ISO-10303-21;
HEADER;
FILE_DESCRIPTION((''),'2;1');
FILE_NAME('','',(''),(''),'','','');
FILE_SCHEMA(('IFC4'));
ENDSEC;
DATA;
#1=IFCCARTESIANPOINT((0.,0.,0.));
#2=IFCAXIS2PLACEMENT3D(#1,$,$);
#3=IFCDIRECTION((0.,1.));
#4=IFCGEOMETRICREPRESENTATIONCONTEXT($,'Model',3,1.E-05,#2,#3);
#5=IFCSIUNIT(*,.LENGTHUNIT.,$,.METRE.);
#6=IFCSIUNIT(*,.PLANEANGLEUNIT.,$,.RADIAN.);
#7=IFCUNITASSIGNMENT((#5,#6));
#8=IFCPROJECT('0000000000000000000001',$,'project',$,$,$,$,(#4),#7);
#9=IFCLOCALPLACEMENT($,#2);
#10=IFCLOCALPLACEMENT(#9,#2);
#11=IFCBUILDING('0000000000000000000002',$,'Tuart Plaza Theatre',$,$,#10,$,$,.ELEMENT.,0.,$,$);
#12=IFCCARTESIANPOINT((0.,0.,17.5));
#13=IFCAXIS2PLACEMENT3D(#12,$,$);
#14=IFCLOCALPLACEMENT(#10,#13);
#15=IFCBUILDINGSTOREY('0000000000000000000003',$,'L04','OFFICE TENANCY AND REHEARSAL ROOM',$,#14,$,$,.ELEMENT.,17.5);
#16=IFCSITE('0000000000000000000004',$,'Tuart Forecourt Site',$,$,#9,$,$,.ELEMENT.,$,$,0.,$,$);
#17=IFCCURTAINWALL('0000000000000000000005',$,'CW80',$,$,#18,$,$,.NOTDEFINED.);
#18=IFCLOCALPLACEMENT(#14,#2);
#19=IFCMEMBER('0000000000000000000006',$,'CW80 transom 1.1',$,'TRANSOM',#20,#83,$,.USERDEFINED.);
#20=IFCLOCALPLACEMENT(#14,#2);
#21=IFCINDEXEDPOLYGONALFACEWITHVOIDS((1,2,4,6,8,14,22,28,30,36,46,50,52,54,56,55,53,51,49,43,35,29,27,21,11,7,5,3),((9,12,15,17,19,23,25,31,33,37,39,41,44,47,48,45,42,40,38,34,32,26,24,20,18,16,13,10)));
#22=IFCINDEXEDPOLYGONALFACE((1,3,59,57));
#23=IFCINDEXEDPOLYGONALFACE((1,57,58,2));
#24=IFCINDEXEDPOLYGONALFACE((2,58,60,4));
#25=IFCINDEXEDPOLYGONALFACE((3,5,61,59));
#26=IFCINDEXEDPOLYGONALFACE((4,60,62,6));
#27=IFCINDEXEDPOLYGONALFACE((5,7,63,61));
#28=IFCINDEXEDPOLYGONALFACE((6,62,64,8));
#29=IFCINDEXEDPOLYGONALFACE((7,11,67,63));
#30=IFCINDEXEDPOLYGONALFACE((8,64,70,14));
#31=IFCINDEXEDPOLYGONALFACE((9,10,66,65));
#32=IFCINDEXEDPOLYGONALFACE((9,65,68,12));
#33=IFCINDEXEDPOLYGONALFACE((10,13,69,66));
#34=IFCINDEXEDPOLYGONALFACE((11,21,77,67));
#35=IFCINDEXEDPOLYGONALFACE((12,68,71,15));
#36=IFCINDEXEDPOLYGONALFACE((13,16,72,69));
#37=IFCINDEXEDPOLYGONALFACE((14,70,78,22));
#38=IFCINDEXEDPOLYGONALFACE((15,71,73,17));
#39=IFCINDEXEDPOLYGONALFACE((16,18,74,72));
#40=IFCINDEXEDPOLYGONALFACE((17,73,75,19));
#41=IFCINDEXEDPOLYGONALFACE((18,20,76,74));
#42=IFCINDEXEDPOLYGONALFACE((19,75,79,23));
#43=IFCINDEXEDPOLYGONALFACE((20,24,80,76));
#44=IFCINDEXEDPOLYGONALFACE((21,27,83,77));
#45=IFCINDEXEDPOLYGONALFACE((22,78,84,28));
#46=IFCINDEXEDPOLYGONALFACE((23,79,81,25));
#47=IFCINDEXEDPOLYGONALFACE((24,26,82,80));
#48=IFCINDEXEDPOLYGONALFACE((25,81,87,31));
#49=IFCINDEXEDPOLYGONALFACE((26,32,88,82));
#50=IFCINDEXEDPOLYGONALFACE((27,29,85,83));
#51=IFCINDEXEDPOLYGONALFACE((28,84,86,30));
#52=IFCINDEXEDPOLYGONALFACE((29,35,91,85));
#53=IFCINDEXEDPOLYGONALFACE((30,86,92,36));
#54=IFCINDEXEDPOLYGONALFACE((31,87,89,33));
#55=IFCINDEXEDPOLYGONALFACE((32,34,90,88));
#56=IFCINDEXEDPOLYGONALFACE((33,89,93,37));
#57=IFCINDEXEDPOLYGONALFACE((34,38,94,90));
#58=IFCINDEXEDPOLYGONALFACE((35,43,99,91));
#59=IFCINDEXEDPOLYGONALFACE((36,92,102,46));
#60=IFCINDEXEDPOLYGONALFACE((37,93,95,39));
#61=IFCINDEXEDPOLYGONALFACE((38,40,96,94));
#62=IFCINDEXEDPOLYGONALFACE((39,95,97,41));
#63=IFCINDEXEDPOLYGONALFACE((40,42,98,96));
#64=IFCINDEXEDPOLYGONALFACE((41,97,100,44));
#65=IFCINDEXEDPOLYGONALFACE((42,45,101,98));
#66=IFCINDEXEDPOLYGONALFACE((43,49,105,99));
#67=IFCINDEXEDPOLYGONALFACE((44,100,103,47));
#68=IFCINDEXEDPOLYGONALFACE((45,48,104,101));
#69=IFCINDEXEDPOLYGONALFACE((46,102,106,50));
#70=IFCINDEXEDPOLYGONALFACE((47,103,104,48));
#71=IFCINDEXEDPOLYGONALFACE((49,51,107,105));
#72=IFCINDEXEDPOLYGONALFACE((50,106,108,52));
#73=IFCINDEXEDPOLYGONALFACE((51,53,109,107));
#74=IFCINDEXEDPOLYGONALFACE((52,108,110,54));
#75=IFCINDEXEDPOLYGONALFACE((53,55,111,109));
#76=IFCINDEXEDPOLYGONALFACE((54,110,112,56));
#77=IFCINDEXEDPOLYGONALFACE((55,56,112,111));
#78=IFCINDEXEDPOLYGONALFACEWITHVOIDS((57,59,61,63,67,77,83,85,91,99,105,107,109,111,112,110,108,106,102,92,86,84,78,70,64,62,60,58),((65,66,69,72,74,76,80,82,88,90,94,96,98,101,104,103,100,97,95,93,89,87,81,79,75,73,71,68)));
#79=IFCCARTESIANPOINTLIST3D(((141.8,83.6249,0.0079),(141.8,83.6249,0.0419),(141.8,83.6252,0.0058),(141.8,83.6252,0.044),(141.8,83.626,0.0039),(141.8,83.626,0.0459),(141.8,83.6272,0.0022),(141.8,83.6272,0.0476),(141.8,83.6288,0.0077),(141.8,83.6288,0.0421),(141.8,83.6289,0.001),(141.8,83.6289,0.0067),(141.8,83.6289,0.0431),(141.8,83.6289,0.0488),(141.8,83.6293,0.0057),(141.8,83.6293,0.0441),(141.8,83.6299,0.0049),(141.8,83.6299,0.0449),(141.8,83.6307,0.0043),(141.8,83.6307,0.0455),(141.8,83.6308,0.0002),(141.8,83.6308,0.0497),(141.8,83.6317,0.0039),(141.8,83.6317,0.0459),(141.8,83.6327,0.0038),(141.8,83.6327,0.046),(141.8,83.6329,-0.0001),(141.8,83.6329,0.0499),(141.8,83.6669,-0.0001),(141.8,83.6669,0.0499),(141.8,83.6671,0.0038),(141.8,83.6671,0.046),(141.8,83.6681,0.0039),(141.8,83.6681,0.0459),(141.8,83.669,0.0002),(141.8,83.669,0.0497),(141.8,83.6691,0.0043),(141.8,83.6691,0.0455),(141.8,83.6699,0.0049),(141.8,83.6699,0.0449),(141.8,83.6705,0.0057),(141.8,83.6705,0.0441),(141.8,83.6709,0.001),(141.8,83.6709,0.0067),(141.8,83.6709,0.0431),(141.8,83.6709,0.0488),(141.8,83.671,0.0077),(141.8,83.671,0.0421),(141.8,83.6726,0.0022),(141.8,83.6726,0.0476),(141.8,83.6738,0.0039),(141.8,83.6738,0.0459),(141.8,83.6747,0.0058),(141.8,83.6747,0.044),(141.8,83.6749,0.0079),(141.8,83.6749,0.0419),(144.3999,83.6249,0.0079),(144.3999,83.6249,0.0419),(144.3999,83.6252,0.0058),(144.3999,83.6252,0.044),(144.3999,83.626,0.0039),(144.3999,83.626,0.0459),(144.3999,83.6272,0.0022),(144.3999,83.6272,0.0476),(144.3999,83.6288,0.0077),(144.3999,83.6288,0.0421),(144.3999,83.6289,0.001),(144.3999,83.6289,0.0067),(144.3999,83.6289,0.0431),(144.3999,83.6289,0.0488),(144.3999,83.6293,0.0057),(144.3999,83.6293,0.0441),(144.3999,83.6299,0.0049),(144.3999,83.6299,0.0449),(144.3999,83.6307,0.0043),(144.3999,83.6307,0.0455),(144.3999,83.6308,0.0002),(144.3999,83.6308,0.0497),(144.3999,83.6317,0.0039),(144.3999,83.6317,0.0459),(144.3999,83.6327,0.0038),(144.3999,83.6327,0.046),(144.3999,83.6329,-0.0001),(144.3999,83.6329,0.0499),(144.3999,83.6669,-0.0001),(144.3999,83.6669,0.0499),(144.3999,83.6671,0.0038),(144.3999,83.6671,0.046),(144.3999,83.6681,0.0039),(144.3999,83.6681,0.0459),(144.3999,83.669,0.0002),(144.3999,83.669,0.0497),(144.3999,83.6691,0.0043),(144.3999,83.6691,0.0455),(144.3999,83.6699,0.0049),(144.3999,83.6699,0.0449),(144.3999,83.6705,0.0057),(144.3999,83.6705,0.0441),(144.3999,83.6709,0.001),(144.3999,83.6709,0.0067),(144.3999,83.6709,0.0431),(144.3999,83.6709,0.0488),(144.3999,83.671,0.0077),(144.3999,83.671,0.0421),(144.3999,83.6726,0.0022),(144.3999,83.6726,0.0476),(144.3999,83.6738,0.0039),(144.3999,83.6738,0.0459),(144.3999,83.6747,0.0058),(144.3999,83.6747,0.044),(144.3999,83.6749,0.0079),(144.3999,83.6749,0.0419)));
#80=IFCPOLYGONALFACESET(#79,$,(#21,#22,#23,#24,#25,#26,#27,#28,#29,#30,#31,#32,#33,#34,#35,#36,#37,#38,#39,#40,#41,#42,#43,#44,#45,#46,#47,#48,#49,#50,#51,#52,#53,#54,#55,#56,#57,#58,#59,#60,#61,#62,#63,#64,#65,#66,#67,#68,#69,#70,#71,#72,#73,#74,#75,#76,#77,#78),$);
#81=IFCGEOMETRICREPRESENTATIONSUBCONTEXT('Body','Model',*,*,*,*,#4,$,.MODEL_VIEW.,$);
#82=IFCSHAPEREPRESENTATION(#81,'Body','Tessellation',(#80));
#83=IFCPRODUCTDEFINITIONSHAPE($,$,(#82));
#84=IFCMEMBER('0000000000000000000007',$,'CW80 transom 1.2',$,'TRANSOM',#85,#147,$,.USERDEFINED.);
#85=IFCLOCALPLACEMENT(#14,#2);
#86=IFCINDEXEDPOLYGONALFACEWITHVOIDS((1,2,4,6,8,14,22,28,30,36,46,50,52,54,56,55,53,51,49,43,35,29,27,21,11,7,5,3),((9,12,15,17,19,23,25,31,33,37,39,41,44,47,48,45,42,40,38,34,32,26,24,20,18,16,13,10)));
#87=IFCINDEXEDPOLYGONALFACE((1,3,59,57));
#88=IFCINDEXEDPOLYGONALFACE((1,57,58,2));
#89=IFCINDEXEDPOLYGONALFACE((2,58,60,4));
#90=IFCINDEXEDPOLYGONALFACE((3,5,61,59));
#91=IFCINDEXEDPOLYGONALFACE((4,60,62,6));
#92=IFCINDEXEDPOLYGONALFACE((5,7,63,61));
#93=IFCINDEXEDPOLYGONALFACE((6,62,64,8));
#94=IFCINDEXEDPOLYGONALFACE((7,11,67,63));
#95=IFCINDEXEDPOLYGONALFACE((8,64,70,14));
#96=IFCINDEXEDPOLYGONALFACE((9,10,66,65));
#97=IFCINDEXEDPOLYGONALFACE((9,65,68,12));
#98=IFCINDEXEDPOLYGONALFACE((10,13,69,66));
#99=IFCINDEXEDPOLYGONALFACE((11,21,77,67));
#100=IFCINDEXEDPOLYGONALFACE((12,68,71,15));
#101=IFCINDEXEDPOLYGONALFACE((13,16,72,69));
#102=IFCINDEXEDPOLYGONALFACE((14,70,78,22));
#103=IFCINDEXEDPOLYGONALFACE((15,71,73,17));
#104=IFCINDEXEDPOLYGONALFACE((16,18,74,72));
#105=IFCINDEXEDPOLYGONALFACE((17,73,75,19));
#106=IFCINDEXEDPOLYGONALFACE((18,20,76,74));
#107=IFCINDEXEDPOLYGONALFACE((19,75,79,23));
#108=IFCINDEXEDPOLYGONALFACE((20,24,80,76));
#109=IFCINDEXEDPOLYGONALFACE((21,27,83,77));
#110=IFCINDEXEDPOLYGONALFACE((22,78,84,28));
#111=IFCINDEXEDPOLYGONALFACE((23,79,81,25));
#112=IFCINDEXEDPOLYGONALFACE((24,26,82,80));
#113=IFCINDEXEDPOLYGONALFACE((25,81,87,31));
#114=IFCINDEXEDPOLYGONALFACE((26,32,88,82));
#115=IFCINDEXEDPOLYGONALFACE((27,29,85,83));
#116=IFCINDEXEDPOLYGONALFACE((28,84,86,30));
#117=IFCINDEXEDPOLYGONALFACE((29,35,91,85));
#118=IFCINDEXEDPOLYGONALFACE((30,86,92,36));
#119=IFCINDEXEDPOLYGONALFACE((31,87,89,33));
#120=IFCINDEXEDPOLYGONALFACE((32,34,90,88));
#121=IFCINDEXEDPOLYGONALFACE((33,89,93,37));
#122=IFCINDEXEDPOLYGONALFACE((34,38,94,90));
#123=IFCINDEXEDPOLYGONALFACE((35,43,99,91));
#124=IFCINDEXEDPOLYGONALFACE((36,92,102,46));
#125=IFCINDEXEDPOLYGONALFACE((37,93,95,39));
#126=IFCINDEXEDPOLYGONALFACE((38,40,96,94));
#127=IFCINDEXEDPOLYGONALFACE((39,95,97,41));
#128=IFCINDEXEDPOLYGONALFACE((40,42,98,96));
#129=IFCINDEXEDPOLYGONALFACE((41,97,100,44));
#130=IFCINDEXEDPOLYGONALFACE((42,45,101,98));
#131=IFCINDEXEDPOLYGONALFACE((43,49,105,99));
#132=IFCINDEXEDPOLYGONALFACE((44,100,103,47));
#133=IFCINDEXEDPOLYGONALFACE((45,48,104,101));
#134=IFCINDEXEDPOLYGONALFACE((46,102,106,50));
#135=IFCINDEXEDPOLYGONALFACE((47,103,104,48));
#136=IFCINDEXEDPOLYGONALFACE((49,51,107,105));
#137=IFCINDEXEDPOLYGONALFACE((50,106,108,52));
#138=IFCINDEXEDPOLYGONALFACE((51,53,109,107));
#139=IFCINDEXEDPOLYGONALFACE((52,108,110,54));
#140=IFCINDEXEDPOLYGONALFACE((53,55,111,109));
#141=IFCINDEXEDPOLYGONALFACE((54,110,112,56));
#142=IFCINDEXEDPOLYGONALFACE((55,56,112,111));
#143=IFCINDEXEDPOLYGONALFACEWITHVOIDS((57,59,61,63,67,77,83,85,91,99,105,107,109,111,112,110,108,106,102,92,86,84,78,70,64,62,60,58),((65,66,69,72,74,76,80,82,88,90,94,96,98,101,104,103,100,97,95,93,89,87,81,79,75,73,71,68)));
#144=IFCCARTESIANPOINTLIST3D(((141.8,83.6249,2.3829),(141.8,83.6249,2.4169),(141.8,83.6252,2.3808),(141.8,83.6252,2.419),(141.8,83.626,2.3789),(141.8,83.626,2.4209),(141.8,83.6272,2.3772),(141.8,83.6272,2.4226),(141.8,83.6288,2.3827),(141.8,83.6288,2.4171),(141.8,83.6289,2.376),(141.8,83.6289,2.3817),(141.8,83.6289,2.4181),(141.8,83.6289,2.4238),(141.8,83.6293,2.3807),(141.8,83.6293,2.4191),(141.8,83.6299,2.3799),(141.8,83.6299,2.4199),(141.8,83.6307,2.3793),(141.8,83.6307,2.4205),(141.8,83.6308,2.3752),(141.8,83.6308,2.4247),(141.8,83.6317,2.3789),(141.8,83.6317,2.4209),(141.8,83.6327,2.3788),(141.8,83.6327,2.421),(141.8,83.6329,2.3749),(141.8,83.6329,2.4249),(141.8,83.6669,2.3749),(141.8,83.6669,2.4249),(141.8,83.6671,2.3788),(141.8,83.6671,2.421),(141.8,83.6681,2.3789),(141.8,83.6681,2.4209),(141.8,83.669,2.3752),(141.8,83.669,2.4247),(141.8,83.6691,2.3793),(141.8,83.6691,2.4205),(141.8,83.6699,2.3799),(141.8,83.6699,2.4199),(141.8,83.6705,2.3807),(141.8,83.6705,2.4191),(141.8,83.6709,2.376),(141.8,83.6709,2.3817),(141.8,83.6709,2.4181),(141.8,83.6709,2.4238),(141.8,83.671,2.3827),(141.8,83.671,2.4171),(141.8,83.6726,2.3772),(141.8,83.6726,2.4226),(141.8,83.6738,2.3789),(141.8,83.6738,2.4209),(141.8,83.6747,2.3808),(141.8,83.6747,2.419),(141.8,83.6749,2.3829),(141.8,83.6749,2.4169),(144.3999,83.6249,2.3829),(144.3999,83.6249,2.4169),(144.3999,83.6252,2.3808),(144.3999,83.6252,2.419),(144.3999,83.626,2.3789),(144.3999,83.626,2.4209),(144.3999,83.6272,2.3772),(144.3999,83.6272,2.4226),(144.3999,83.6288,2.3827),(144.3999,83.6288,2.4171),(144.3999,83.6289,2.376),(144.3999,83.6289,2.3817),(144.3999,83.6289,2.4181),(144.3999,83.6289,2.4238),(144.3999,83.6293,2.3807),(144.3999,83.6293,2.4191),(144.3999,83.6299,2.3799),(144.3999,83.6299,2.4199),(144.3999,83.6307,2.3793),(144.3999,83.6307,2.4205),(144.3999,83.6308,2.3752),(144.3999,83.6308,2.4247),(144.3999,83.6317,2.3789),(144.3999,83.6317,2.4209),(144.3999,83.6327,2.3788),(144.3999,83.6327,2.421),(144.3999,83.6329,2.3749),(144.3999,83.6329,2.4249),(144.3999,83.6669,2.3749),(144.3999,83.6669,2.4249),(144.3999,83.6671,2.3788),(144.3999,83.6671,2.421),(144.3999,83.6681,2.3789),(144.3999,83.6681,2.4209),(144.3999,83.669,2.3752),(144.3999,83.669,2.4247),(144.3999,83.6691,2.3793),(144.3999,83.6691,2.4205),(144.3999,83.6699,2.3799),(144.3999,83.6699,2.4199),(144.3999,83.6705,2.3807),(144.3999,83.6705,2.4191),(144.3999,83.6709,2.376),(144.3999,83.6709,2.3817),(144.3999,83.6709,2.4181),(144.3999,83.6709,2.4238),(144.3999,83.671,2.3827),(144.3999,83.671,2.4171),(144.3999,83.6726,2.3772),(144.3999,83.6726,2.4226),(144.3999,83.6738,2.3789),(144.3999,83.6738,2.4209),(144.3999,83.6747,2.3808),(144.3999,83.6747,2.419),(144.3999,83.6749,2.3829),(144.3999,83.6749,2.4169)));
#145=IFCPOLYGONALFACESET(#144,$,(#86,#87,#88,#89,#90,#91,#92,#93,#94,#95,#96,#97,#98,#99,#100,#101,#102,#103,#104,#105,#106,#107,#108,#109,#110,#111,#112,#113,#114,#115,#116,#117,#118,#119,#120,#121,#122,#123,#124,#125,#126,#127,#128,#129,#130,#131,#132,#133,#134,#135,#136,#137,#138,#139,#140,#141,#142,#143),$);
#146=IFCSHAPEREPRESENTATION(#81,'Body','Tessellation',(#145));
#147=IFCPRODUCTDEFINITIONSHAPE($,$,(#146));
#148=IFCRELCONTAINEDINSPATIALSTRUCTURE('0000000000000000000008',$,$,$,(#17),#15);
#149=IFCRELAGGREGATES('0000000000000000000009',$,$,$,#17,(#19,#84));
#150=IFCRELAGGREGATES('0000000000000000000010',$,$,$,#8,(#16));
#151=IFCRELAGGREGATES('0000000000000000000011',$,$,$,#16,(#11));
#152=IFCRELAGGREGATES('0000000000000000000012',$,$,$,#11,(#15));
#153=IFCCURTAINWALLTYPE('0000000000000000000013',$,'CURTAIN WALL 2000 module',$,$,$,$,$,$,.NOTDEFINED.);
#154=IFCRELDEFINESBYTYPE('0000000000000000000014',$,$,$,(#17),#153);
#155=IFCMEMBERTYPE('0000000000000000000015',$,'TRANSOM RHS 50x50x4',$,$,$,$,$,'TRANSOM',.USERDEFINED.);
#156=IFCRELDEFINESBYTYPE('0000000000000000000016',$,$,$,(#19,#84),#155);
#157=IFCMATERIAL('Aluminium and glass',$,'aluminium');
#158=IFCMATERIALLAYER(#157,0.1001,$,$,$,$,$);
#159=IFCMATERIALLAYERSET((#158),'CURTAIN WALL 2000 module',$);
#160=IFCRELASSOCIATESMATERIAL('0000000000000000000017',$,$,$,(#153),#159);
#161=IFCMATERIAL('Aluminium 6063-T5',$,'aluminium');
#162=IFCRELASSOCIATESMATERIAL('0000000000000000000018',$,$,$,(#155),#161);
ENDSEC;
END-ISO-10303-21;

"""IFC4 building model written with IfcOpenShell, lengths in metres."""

from ifc_helpers import new_model, si_unit, direction, frame, origin, origin_2d, place, context, subcontext, project, spatial, hollow_rectangle, extrude, material, layer, layer_set, material_profile, profile_set, type_object, element, aggregate, save


model = new_model("IFC4")

# Units and contexts
model_context = context("Model", 3, precision=1e-05, world=origin(), true_north=direction((0.0, 1.0)))
body_context = subcontext(model_context, "Body", "Model", "MODEL_VIEW")
ifc_project = project(units=[si_unit("LENGTHUNIT", "METRE"), si_unit("PLANEANGLEUNIT", "RADIAN")], contexts=[model_context])

# Site, building, storey
site_placement = place(None, origin())
site = spatial("IfcSite", under=ifc_project, at=site_placement, Name="Tuart Forecourt Site", CompositionType="ELEMENT", RefElevation=0.0)
building_placement = place(site_placement, origin())
building = spatial("IfcBuilding", under=site, at=building_placement, Name="Tuart Plaza Theatre", CompositionType="ELEMENT", ElevationOfRefHeight=0.0)
storey_placement = place(building_placement, frame((0.0, 0.0, 17.5)))
storey = spatial("IfcBuildingStorey", under=building, at=storey_placement, Name="L04", Description="OFFICE TENANCY AND REHEARSAL ROOM", CompositionType="ELEMENT", Elevation=17.5)

# Curtain wall
ifc_material_1 = material(Name="Aluminium and glass", Category="aluminium")
ifc_layer_1 = layer(ifc_material_1, 0.1001)
ifc_layer_set_1 = layer_set([ifc_layer_1], Name="CURTAIN WALL 2000 module")
curtain_wall_type = type_object("IfcCurtainWallType", Name="CURTAIN WALL 2000 module", PredefinedType="NOTDEFINED", material=ifc_layer_set_1)
curtain_wall_1_placement = place(storey_placement, origin())
curtain_wall_1 = element("IfcCurtainWall", 1, at=curtain_wall_1_placement, inside=storey, type_object=curtain_wall_type, Name="CW80", PredefinedType="NOTDEFINED")

# Shared definitions
ifc_material_2 = material(Name="Aluminium 6063-T5", Category="aluminium")
ifc_material_profile_1 = material_profile(ifc_material_2, hollow_rectangle(XDim=0.05, YDim=0.05, WallThickness=0.0039, InnerFilletRadius=0.0039, OuterFilletRadius=0.0081, at=origin_2d()), Name="RHS 50x50x4")
ifc_profile_set_1 = profile_set([ifc_material_profile_1], Name="Aluminium 6063-T5")
member_type_1 = type_object("IfcMemberType", Name="TRANSOM RHS 50x50x4", ElementType="TRANSOM", PredefinedType="USERDEFINED", material=ifc_profile_set_1)

# Members
member_1_placement = place(storey_placement, frame((144.3999, 83.6499, 0.0249), z_axis=(-1.0, 0.0, 0.0), x_axis=(0.0, -1.0, 0.0)))
member_1 = element("IfcMember", 2, at=member_1_placement, type_object=member_type_1, Name="CW80 transom 1.1", ObjectType="TRANSOM", PredefinedType="USERDEFINED", context=body_context, shape_type="SweptSolid", body=[
    extrude(hollow_rectangle(XDim=0.05, YDim=0.05, WallThickness=0.0039, InnerFilletRadius=0.0039, OuterFilletRadius=0.0081, at=origin_2d()), origin(), (0.0, 0.0, 1.0), 2.5999),
])
member_2_placement = place(storey_placement, frame((144.3999, 83.6499, 2.3999), z_axis=(-1.0, 0.0, 0.0), x_axis=(0.0, -1.0, 0.0)))
member_2 = element("IfcMember", 3, at=member_2_placement, type_object=member_type_1, Name="CW80 transom 1.2", ObjectType="TRANSOM", PredefinedType="USERDEFINED", context=body_context, shape_type="SweptSolid", body=[
    extrude(hollow_rectangle(XDim=0.05, YDim=0.05, WallThickness=0.0039, InnerFilletRadius=0.0039, OuterFilletRadius=0.0081, at=origin_2d()), origin(), (0.0, 0.0, 1.0), 2.5999),
])

aggregate(curtain_wall_1, [member_1, member_2])

save(model, "model.ifc")
